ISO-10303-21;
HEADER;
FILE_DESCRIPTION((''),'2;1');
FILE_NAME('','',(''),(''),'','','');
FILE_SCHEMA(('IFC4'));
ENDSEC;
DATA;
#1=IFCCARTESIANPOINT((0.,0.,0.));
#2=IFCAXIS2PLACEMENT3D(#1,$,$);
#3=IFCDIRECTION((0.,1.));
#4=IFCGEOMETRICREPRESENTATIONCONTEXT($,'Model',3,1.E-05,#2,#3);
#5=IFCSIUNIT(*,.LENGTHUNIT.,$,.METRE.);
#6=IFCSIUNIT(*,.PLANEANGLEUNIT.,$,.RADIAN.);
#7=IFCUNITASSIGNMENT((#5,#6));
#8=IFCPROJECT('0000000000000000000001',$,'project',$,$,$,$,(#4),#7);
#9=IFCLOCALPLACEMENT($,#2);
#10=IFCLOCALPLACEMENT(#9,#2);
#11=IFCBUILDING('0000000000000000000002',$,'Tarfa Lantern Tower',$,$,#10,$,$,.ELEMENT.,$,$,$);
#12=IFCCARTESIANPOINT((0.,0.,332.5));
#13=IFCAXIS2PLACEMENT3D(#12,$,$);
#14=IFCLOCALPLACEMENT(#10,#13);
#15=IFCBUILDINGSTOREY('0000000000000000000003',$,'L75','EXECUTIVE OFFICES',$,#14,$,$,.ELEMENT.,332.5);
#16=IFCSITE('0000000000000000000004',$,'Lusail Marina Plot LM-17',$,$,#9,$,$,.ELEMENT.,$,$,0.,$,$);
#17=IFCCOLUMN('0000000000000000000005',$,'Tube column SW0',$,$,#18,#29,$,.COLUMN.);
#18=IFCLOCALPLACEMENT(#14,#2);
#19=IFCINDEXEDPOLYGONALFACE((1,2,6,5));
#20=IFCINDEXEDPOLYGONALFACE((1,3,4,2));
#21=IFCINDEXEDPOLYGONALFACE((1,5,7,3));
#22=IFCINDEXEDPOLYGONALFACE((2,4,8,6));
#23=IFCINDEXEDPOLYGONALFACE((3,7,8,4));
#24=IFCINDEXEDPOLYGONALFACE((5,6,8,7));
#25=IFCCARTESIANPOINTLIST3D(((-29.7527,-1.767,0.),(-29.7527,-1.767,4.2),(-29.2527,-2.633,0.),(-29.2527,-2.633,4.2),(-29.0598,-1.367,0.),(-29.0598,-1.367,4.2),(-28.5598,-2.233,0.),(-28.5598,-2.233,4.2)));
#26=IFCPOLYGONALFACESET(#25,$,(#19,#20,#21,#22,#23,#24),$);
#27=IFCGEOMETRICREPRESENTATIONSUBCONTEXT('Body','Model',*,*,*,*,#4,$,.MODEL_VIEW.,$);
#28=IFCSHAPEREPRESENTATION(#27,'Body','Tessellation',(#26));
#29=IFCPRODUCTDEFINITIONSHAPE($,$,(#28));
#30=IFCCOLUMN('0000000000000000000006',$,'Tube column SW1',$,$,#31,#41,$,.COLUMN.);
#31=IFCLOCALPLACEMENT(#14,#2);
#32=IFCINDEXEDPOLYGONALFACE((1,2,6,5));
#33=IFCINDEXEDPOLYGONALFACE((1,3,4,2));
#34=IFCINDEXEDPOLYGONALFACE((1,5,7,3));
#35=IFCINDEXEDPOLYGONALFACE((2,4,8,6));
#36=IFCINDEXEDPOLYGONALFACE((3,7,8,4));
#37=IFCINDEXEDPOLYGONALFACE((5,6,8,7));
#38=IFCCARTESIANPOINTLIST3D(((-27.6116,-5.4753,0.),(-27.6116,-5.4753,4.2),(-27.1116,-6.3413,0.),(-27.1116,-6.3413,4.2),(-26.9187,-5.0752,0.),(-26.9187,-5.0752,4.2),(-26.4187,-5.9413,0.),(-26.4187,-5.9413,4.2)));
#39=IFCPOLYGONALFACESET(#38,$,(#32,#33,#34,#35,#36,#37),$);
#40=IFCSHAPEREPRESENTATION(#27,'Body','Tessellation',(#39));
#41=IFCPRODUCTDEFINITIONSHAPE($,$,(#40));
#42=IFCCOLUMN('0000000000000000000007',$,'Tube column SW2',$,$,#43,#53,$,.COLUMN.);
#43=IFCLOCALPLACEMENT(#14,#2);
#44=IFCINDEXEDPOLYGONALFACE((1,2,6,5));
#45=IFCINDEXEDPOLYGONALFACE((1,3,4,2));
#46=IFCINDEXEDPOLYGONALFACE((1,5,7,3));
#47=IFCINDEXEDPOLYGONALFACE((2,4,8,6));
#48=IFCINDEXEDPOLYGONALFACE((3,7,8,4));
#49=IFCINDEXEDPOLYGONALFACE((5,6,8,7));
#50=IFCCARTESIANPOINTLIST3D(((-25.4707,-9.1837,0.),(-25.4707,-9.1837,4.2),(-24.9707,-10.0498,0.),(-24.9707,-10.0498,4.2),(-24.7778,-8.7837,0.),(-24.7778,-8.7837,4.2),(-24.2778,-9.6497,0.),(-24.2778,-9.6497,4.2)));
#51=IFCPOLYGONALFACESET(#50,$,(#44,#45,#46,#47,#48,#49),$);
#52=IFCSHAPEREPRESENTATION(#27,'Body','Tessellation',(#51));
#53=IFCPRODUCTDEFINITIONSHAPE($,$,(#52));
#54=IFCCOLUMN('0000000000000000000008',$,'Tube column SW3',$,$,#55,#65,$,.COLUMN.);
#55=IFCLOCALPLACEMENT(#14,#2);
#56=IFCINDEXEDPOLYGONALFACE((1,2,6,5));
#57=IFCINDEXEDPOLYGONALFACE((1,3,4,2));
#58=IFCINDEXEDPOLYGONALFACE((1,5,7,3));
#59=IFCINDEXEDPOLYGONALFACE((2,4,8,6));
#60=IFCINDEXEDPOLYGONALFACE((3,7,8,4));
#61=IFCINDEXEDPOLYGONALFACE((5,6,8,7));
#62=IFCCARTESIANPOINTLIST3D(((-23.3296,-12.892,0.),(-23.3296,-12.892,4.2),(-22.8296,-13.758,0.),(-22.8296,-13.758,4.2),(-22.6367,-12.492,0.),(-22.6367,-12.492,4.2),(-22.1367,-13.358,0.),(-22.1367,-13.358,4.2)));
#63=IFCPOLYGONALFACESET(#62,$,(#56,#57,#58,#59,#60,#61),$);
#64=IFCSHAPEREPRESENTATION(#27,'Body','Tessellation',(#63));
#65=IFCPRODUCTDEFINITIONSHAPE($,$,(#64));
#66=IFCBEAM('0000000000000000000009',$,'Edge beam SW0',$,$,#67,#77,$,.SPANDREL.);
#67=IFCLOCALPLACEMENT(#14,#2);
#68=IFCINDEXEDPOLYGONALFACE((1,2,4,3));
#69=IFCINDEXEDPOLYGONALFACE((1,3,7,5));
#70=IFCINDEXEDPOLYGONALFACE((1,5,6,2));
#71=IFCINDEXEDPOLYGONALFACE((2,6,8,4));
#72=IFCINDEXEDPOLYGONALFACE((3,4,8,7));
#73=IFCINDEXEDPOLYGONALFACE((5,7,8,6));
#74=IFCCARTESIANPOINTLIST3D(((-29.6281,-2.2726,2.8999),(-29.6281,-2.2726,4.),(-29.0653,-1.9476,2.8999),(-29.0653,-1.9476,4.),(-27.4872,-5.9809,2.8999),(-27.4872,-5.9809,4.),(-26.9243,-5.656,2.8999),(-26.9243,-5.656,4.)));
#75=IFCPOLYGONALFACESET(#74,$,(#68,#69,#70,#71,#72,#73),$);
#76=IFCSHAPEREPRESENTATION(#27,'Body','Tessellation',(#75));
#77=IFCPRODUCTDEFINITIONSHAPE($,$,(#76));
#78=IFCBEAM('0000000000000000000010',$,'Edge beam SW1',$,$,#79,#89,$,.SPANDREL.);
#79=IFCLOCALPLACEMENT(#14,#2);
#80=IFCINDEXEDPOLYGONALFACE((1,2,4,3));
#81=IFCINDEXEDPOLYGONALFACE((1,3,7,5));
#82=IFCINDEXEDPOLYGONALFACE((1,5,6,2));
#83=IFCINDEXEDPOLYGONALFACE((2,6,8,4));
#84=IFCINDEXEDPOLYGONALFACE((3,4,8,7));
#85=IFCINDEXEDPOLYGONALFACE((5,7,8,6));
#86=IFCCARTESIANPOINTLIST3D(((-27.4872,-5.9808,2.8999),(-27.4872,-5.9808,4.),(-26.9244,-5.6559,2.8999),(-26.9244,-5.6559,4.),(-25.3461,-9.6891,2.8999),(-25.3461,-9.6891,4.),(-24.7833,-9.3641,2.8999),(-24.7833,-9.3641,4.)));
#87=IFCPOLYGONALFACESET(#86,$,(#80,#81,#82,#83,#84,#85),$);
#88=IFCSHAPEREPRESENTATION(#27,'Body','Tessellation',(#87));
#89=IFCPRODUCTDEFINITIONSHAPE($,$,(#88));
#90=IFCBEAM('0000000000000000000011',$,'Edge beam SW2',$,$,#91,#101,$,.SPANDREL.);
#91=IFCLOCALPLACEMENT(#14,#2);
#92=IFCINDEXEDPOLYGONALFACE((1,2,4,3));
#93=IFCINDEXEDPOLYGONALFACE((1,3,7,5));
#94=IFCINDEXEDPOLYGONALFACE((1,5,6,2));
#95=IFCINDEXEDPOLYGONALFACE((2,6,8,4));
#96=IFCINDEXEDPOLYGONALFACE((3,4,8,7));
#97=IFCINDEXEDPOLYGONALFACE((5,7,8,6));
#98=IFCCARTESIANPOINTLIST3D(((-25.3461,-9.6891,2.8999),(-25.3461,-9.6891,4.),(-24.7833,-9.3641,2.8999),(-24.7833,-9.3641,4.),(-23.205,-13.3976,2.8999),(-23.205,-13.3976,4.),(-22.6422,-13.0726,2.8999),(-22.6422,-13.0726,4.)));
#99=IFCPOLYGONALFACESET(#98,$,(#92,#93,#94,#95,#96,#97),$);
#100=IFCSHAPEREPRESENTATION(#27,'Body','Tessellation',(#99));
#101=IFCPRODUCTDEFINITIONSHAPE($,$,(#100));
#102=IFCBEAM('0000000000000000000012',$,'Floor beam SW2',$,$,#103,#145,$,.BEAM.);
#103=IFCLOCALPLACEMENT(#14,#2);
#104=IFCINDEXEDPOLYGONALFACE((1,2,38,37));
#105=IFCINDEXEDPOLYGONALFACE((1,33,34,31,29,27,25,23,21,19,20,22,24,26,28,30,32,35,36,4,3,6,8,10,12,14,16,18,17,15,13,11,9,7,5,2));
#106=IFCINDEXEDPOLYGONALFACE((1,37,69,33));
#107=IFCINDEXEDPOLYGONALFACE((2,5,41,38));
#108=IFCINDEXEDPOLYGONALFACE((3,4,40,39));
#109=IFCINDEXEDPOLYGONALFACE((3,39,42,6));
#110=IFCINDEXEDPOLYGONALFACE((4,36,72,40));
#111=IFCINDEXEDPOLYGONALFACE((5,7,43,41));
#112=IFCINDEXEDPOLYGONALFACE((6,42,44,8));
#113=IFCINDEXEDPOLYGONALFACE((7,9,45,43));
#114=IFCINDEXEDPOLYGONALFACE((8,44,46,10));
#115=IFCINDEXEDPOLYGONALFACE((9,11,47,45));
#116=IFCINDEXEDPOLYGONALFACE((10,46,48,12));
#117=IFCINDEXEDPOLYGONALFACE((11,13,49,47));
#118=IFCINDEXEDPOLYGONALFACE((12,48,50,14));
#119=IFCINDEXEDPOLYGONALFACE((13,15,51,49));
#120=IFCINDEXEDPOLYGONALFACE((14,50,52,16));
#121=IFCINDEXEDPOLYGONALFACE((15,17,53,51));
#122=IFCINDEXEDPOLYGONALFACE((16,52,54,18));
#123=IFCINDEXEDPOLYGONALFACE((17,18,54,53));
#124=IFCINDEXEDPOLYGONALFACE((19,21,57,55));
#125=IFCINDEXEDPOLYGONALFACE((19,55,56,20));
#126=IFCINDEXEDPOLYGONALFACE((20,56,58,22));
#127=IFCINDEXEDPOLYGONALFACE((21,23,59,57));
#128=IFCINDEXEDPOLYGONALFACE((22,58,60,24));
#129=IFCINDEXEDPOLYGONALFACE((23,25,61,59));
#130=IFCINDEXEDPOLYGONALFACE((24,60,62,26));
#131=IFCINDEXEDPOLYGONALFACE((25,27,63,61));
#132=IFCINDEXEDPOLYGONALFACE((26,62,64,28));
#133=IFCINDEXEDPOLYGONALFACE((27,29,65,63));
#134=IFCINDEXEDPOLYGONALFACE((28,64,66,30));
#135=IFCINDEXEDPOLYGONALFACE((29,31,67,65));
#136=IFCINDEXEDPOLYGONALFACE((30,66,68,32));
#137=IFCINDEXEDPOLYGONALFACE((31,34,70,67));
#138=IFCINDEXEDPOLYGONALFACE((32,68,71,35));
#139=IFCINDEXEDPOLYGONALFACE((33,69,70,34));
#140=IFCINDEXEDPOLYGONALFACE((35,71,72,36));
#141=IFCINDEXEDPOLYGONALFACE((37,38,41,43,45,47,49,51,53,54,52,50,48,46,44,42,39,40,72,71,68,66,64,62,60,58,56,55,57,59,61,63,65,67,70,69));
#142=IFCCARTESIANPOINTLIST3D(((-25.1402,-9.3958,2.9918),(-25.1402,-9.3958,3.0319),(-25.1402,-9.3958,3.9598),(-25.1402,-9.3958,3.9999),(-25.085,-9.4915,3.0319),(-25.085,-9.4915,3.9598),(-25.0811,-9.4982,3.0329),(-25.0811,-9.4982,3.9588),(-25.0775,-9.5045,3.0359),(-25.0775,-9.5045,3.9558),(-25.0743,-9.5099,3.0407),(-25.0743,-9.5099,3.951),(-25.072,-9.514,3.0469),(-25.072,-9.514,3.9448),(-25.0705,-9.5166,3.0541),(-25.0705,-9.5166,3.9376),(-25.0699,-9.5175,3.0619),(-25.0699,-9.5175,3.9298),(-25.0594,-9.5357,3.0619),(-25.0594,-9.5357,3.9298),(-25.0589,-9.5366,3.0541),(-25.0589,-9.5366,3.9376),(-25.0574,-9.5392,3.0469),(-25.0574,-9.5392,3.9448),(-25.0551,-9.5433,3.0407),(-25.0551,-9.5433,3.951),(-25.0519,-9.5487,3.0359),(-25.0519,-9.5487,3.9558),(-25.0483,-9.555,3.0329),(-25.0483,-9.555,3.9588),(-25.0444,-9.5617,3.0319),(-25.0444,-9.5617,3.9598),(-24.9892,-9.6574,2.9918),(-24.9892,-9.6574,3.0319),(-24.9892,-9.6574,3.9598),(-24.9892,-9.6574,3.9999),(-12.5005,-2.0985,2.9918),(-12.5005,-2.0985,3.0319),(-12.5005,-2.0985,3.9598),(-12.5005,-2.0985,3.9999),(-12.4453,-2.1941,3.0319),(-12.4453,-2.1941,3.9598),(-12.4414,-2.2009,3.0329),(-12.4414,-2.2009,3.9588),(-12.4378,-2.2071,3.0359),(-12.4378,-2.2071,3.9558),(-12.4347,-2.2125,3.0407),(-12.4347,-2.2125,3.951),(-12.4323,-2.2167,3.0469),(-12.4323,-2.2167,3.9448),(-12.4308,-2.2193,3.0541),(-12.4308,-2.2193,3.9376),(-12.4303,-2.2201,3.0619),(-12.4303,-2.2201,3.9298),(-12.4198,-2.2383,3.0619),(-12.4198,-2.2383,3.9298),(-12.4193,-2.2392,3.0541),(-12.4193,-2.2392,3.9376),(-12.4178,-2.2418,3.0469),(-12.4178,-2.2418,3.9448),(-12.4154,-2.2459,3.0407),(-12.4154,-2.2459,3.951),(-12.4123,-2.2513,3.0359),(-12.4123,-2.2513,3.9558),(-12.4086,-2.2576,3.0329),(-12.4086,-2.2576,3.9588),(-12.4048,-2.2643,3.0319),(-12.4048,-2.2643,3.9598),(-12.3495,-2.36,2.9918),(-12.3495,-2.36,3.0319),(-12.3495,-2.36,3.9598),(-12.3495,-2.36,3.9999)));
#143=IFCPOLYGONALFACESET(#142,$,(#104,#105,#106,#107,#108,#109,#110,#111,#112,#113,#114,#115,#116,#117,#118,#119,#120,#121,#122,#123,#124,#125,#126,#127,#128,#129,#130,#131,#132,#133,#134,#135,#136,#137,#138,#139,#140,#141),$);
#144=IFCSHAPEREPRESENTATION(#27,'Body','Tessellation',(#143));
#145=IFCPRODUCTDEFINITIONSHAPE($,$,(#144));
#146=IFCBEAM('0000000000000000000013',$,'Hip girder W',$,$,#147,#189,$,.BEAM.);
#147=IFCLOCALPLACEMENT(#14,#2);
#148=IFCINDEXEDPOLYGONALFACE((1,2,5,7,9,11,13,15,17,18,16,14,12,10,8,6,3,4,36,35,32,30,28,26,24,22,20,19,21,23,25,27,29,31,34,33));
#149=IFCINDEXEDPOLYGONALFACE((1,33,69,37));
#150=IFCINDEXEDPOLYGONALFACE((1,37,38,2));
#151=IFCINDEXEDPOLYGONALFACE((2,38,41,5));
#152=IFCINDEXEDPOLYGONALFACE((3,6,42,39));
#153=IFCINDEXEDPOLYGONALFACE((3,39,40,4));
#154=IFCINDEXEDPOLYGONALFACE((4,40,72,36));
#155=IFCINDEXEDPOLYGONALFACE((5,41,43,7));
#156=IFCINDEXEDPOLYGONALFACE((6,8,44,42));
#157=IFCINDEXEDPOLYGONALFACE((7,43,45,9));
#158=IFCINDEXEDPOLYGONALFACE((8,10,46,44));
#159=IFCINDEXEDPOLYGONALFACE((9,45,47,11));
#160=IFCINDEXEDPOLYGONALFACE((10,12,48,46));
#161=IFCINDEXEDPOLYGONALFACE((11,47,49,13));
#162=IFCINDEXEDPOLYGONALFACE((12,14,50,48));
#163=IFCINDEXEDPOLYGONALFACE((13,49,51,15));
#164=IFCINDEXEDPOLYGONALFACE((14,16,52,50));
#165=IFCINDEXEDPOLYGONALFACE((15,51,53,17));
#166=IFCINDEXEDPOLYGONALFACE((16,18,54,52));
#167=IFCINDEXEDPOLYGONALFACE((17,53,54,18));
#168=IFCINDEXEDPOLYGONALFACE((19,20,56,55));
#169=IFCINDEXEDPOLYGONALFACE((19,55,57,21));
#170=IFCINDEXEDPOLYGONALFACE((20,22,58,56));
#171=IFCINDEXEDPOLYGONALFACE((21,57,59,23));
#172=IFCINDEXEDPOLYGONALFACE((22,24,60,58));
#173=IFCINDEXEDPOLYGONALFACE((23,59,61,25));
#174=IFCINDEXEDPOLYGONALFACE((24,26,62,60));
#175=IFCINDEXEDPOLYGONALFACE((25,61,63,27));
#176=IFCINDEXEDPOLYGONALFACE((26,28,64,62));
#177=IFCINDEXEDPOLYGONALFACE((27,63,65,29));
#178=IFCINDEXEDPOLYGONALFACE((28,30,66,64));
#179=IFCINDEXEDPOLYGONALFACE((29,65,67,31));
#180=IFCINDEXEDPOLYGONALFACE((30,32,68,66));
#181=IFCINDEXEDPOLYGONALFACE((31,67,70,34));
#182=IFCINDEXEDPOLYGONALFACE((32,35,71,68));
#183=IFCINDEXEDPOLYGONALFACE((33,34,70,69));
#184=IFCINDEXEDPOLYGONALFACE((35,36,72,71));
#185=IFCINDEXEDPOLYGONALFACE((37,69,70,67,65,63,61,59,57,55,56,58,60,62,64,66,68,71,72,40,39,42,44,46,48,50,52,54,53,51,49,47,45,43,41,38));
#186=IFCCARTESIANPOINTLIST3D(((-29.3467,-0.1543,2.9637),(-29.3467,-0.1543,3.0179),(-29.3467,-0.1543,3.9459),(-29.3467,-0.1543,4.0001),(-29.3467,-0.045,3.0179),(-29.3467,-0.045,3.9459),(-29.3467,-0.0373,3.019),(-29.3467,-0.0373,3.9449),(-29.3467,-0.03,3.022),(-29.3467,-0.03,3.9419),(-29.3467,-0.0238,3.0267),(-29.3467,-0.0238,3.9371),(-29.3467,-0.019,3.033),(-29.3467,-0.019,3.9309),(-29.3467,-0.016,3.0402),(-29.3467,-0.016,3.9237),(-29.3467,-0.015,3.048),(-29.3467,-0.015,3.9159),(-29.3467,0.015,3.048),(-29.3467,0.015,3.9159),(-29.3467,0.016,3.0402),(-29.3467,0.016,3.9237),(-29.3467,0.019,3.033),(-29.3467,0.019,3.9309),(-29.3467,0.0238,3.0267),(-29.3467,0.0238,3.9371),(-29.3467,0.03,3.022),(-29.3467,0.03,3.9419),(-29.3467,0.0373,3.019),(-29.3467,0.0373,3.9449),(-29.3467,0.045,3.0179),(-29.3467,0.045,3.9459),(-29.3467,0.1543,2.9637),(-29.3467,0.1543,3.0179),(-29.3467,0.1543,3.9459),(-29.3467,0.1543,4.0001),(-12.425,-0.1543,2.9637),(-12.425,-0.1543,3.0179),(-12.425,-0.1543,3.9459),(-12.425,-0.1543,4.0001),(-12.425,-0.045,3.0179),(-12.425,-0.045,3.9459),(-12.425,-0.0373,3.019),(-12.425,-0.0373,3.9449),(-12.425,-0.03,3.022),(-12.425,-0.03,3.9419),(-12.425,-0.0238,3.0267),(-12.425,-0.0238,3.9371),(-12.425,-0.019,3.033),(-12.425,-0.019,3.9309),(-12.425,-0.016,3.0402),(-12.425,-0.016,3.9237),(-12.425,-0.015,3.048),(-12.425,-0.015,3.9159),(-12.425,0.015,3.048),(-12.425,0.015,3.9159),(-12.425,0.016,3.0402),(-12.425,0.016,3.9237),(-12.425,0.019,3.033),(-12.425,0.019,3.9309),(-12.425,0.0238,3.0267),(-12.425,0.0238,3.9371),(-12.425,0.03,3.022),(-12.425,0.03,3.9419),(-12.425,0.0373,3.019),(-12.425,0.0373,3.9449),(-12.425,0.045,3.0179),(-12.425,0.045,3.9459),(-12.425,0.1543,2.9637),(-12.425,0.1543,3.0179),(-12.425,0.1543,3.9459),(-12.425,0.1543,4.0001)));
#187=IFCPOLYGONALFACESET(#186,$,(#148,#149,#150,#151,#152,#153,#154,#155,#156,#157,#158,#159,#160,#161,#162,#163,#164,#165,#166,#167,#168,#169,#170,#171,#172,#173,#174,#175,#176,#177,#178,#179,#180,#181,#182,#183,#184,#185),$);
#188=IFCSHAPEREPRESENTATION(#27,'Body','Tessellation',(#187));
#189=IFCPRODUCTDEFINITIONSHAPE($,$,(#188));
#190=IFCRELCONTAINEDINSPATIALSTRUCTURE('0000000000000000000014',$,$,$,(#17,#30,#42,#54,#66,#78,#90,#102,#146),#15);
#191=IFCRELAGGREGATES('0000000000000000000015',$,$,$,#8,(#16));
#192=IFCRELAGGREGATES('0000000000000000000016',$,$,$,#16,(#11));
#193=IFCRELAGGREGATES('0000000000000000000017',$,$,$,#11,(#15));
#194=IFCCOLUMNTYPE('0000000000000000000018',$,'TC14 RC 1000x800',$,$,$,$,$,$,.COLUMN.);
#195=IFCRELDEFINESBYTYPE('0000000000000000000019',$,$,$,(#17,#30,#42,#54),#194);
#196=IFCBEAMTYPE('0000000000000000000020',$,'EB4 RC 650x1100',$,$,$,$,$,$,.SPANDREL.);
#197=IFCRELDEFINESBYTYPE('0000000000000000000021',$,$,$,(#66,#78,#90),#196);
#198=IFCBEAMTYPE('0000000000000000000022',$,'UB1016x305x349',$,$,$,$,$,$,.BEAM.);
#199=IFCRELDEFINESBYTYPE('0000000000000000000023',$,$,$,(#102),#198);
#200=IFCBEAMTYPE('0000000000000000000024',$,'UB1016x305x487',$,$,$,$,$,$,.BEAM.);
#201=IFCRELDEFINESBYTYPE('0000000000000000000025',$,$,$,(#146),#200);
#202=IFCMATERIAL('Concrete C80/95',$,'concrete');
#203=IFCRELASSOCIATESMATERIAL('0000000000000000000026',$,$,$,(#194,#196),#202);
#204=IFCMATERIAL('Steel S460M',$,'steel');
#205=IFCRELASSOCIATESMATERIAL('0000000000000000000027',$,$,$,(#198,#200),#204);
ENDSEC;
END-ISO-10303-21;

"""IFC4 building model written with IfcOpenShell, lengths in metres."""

from ifc_helpers import new_model, si_unit, direction, frame, origin, origin_2d, place, context, subcontext, project, spatial, rectangle, i_section, extrude, material, material_profile, profile_set, type_object, element, save


model = new_model("IFC4")

# Units and contexts
model_context = context("Model", 3, precision=1e-05, world=origin(), true_north=direction((0.0, 1.0)))
body_context = subcontext(model_context, "Body", "Model", "MODEL_VIEW")
ifc_project = project(units=[si_unit("LENGTHUNIT", "METRE"), si_unit("PLANEANGLEUNIT", "RADIAN")], contexts=[model_context])

# Site, building, storey
site_placement = place(None, origin())
site = spatial("IfcSite", under=ifc_project, at=site_placement, Name="Lusail Marina Plot LM-17", CompositionType="ELEMENT", RefElevation=0.0)
building_placement = place(site_placement, origin())
building = spatial("IfcBuilding", under=site, at=building_placement, Name="Tarfa Lantern Tower", CompositionType="ELEMENT")
storey_placement = place(building_placement, frame((0.0, 0.0, 332.5)))
storey = spatial("IfcBuildingStorey", under=building, at=storey_placement, Name="L75", Description="EXECUTIVE OFFICES", CompositionType="ELEMENT", Elevation=332.5)

# Columns
ifc_material_1 = material(Name="Concrete C80/95", Category="concrete")
ifc_material_profile_1 = material_profile(ifc_material_1, rectangle(XDim=1.0, YDim=0.8, at=origin_2d()), Name="RC 1000x800")
ifc_profile_set_1 = profile_set([ifc_material_profile_1], Name="Concrete C80/95")
column_type = type_object("IfcColumnType", Name="TC14 RC 1000x800", PredefinedType="COLUMN", material=ifc_profile_set_1)
for number, where, z_axis, x_axis, name in (
    (1, (-29.1562, -2.0, 0.0), (0.0, 0.0, 1.0), (0.5, -0.866025, 0.0), "Tube column SW0"),
    (2, (-27.0151, -5.7083, 0.0), (0.0, 0.0, 1.0), (0.5, -0.866025, 0.0), "Tube column SW1"),
    (3, (-24.8743, -9.4167, 0.0), (0.0, 0.0, 1.0), (0.5, -0.866025, 0.0), "Tube column SW2"),
    (4, (-22.7332, -13.125, 0.0), (0.0, 0.0, 1.0), (0.5, -0.866025, 0.0), "Tube column SW3"),
):
    element("IfcColumn", number, at=place(storey_placement, frame(where, z_axis=z_axis, x_axis=x_axis)), inside=storey, type_object=column_type, Name=name, PredefinedType="COLUMN", context=body_context, shape_type="SweptSolid", body=[
        extrude(rectangle(XDim=1.0, YDim=0.8, at=origin_2d()), origin(), (0.0, 0.0, 1.0), 4.2),
    ])

# Beams
ifc_material_profile_2 = material_profile(ifc_material_1, rectangle(XDim=0.6499, YDim=1.1001, at=origin_2d()), Name="RC 650x1100")
ifc_profile_set_2 = profile_set([ifc_material_profile_2], Name="Concrete C80/95")
beam_type_1 = type_object("IfcBeamType", Name="EB4 RC 650x1100", PredefinedType="SPANDREL", material=ifc_profile_set_2)
for number, where, z_axis, x_axis, name in (
    (5, (-29.3467, -2.1101, 3.45), (0.499984, -0.866035, 0.0), (0.866035, 0.499984, 0.0), "Edge beam SW0"),
    (6, (-27.2058, -5.8184, 3.45), (0.500027, -0.86601, 0.0), (0.86601, 0.500027, 0.0), "Edge beam SW1"),
):
    element("IfcBeam", number, at=place(storey_placement, frame(where, z_axis=z_axis, x_axis=x_axis)), inside=storey, type_object=beam_type_1, Name=name, PredefinedType="SPANDREL", context=body_context, shape_type="SweptSolid", body=[
        extrude(rectangle(XDim=0.6499, YDim=1.1001, at=origin_2d()), origin(), (0.0, 0.0, 1.0), 4.282),
    ])
beam_1_placement = place(storey_placement, frame((-25.0647, -9.5266, 3.45), z_axis=(0.500002, -0.866024, 0.0), x_axis=(0.866024, 0.500002, 0.0)))
element("IfcBeam", 7, at=beam_1_placement, inside=storey, type_object=beam_type_1, Name="Edge beam SW2", PredefinedType="SPANDREL", context=body_context, shape_type="SweptSolid", body=[
    extrude(rectangle(XDim=0.6499, YDim=1.1001, at=origin_2d()), origin(), (0.0, 0.0, 1.0), 4.2822),
])
ifc_material_2 = material(Name="Steel S460M", Category="steel")
ifc_material_profile_3 = material_profile(ifc_material_2, i_section(OverallWidth=0.302, OverallDepth=1.0081, WebThickness=0.021, FlangeThickness=0.04, FilletRadius=0.03, at=origin_2d()), Name="UB1016x305x349")
ifc_profile_set_3 = profile_set([ifc_material_profile_3], Name="Steel S460M")
beam_type_2 = type_object("IfcBeamType", Name="UB1016x305x349", PredefinedType="BEAM", material=ifc_profile_set_3)
beam_2_placement = place(storey_placement, frame((-25.0647, -9.5266, 3.4958), z_axis=(0.86603, 0.499993, 0.0), x_axis=(-0.499993, 0.86603, 0.0)))
element("IfcBeam", 8, at=beam_2_placement, inside=storey, type_object=beam_type_2, Name="Floor beam SW2", PredefinedType="BEAM", context=body_context, shape_type="SweptSolid", body=[
    extrude(i_section(OverallWidth=0.302, OverallDepth=1.0081, WebThickness=0.021, FlangeThickness=0.04, FilletRadius=0.03, at=origin_2d()), origin(), (0.0, 0.0, 1.0), 14.595),
])
ifc_material_profile_4 = material_profile(ifc_material_2, i_section(OverallWidth=0.3086, OverallDepth=1.0364, WebThickness=0.03, FlangeThickness=0.0542, FilletRadius=0.03, at=origin_2d()), Name="UB1016x305x487")
ifc_profile_set_4 = profile_set([ifc_material_profile_4], Name="Steel S460M")
beam_type_3 = type_object("IfcBeamType", Name="UB1016x305x487", PredefinedType="BEAM", material=ifc_profile_set_4)
beam_3_placement = place(storey_placement, frame((-12.425, 0.0, 3.4819), z_axis=(-1.0, 0.0, 0.0), x_axis=(0.0, -1.0, 0.0)))
element("IfcBeam", 9, at=beam_3_placement, inside=storey, type_object=beam_type_3, Name="Hip girder W", PredefinedType="BEAM", context=body_context, shape_type="SweptSolid", body=[
    extrude(i_section(OverallWidth=0.3086, OverallDepth=1.0364, WebThickness=0.03, FlangeThickness=0.0542, FilletRadius=0.03, at=origin_2d()), origin(), (0.0, 0.0, 1.0), 16.9216),
])

save(model, "model.ifc")
